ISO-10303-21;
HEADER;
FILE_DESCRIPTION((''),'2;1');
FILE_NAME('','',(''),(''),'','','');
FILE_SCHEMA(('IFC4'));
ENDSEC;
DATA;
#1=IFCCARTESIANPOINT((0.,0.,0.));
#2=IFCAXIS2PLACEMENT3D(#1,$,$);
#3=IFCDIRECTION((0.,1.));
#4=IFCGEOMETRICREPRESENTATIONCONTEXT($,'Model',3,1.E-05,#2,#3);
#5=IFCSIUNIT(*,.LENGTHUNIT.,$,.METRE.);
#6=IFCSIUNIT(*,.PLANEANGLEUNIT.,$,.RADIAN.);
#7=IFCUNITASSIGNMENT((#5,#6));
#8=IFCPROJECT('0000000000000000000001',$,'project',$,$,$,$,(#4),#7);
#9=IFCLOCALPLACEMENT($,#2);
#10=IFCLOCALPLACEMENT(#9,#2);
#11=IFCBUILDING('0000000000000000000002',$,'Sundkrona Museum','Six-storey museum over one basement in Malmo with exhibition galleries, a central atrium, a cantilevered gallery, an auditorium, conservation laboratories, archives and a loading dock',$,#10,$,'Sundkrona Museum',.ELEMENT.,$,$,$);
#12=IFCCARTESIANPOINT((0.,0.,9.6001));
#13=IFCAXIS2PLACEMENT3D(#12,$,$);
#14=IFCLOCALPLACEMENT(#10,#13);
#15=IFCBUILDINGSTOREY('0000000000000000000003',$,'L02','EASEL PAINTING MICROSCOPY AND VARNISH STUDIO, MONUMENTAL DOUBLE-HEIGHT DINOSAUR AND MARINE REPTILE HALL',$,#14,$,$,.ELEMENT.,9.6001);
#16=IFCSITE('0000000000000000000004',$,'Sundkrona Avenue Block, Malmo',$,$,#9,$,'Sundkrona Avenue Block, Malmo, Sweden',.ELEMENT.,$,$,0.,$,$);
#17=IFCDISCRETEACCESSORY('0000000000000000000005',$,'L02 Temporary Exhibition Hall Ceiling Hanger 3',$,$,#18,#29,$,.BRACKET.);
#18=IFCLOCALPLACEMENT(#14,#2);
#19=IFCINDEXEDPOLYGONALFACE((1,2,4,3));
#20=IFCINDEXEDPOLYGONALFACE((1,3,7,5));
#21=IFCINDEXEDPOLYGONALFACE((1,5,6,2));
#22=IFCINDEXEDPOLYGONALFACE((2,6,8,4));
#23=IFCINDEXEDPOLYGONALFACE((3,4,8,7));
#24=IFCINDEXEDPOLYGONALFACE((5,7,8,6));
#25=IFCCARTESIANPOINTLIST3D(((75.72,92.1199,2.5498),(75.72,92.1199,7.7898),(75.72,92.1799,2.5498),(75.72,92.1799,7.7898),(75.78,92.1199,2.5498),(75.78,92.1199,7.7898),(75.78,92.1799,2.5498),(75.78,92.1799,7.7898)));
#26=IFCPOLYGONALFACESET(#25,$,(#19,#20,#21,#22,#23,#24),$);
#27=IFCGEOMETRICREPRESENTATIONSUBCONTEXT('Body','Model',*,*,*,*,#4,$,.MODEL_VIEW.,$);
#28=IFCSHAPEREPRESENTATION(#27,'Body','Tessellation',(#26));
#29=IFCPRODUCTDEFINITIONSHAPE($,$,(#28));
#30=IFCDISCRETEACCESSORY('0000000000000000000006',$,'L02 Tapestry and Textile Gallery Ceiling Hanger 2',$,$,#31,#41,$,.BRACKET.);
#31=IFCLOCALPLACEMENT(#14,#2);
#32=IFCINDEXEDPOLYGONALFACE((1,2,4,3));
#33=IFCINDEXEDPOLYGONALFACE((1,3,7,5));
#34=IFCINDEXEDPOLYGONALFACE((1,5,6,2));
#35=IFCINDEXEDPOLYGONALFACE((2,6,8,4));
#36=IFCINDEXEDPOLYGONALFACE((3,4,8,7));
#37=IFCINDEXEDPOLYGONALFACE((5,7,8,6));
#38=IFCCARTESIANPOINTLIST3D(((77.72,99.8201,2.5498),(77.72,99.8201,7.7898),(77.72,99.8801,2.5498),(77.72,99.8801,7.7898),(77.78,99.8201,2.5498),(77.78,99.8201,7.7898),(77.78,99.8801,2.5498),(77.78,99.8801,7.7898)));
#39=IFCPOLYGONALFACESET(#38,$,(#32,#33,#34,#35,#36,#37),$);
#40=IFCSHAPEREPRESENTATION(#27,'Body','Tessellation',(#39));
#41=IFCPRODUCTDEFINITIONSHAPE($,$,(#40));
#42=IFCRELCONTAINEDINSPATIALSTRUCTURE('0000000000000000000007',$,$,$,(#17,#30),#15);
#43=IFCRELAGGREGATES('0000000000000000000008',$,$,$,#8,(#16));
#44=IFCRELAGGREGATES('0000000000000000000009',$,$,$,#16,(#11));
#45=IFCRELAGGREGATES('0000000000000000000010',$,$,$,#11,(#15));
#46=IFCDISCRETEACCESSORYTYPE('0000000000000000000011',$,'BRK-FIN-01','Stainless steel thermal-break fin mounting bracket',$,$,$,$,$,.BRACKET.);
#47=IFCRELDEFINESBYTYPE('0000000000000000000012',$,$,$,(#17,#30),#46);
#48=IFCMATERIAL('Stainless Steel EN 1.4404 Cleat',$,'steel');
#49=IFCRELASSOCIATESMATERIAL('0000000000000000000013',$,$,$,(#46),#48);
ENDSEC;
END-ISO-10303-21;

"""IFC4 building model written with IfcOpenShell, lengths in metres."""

from ifc_helpers import new_model, si_unit, direction, frame, origin, origin_2d, place, context, subcontext, project, spatial, rectangle, extrude, material, type_object, element, save


model = new_model("IFC4")

# Units and contexts
model_context = context("Model", 3, precision=1e-05, world=origin(), true_north=direction((0.0, 1.0)))
body_context = subcontext(model_context, "Body", "Model", "MODEL_VIEW")
ifc_project = project(units=[si_unit("LENGTHUNIT", "METRE"), si_unit("PLANEANGLEUNIT", "RADIAN")], contexts=[model_context])

# Site, building, storey
site_placement = place(None, origin())
site = spatial("IfcSite", under=ifc_project, at=site_placement, Name="Sundkrona Avenue Block, Malmo", LongName="Sundkrona Avenue Block, Malmo, Sweden", CompositionType="ELEMENT", RefElevation=0.0)
building_placement = place(site_placement, origin())
building = spatial("IfcBuilding", under=site, at=building_placement, Name="Sundkrona Museum", Description="Six-storey museum over one basement in Malmo with exhibition galleries, a central atrium, a cantilevered gallery, an auditorium, conservation laboratories, archives and a loading dock", LongName="Sundkrona Museum", CompositionType="ELEMENT")
storey_placement = place(building_placement, frame((0.0, 0.0, 9.6001)))
storey = spatial("IfcBuildingStorey", under=building, at=storey_placement, Name="L02", Description="EASEL PAINTING MICROSCOPY AND VARNISH STUDIO, MONUMENTAL DOUBLE-HEIGHT DINOSAUR AND MARINE REPTILE HALL", CompositionType="ELEMENT", Elevation=9.6001)

# Discrete accessories
ifc_material_1 = material(Name="Stainless Steel EN 1.4404 Cleat", Category="steel")
discrete_accessory_type = type_object("IfcDiscreteAccessoryType", Name="BRK-FIN-01", Description="Stainless steel thermal-break fin mounting bracket", PredefinedType="BRACKET", material=ifc_material_1)
for number, where, z_axis, x_axis, name in (
    (1, (75.75, 92.1499, 2.5498), (0.0, 0.0, 1.0), (1.0, 0.0, 0.0), "L02 Temporary Exhibition Hall Ceiling Hanger 3"),
    (2, (77.75, 99.8501, 2.5498), (0.0, 0.0, 1.0), (1.0, 0.0, 0.0), "L02 Tapestry and Textile Gallery Ceiling Hanger 2"),
):
    element("IfcDiscreteAccessory", number, at=place(storey_placement, frame(where, z_axis=z_axis, x_axis=x_axis)), inside=storey, type_object=discrete_accessory_type, Name=name, PredefinedType="BRACKET", context=body_context, shape_type="SweptSolid", body=[
        extrude(rectangle(XDim=0.0601, YDim=0.0601, at=origin_2d()), origin(), (0.0, 0.0, 1.0), 5.24),
    ])

save(model, "model.ifc")
